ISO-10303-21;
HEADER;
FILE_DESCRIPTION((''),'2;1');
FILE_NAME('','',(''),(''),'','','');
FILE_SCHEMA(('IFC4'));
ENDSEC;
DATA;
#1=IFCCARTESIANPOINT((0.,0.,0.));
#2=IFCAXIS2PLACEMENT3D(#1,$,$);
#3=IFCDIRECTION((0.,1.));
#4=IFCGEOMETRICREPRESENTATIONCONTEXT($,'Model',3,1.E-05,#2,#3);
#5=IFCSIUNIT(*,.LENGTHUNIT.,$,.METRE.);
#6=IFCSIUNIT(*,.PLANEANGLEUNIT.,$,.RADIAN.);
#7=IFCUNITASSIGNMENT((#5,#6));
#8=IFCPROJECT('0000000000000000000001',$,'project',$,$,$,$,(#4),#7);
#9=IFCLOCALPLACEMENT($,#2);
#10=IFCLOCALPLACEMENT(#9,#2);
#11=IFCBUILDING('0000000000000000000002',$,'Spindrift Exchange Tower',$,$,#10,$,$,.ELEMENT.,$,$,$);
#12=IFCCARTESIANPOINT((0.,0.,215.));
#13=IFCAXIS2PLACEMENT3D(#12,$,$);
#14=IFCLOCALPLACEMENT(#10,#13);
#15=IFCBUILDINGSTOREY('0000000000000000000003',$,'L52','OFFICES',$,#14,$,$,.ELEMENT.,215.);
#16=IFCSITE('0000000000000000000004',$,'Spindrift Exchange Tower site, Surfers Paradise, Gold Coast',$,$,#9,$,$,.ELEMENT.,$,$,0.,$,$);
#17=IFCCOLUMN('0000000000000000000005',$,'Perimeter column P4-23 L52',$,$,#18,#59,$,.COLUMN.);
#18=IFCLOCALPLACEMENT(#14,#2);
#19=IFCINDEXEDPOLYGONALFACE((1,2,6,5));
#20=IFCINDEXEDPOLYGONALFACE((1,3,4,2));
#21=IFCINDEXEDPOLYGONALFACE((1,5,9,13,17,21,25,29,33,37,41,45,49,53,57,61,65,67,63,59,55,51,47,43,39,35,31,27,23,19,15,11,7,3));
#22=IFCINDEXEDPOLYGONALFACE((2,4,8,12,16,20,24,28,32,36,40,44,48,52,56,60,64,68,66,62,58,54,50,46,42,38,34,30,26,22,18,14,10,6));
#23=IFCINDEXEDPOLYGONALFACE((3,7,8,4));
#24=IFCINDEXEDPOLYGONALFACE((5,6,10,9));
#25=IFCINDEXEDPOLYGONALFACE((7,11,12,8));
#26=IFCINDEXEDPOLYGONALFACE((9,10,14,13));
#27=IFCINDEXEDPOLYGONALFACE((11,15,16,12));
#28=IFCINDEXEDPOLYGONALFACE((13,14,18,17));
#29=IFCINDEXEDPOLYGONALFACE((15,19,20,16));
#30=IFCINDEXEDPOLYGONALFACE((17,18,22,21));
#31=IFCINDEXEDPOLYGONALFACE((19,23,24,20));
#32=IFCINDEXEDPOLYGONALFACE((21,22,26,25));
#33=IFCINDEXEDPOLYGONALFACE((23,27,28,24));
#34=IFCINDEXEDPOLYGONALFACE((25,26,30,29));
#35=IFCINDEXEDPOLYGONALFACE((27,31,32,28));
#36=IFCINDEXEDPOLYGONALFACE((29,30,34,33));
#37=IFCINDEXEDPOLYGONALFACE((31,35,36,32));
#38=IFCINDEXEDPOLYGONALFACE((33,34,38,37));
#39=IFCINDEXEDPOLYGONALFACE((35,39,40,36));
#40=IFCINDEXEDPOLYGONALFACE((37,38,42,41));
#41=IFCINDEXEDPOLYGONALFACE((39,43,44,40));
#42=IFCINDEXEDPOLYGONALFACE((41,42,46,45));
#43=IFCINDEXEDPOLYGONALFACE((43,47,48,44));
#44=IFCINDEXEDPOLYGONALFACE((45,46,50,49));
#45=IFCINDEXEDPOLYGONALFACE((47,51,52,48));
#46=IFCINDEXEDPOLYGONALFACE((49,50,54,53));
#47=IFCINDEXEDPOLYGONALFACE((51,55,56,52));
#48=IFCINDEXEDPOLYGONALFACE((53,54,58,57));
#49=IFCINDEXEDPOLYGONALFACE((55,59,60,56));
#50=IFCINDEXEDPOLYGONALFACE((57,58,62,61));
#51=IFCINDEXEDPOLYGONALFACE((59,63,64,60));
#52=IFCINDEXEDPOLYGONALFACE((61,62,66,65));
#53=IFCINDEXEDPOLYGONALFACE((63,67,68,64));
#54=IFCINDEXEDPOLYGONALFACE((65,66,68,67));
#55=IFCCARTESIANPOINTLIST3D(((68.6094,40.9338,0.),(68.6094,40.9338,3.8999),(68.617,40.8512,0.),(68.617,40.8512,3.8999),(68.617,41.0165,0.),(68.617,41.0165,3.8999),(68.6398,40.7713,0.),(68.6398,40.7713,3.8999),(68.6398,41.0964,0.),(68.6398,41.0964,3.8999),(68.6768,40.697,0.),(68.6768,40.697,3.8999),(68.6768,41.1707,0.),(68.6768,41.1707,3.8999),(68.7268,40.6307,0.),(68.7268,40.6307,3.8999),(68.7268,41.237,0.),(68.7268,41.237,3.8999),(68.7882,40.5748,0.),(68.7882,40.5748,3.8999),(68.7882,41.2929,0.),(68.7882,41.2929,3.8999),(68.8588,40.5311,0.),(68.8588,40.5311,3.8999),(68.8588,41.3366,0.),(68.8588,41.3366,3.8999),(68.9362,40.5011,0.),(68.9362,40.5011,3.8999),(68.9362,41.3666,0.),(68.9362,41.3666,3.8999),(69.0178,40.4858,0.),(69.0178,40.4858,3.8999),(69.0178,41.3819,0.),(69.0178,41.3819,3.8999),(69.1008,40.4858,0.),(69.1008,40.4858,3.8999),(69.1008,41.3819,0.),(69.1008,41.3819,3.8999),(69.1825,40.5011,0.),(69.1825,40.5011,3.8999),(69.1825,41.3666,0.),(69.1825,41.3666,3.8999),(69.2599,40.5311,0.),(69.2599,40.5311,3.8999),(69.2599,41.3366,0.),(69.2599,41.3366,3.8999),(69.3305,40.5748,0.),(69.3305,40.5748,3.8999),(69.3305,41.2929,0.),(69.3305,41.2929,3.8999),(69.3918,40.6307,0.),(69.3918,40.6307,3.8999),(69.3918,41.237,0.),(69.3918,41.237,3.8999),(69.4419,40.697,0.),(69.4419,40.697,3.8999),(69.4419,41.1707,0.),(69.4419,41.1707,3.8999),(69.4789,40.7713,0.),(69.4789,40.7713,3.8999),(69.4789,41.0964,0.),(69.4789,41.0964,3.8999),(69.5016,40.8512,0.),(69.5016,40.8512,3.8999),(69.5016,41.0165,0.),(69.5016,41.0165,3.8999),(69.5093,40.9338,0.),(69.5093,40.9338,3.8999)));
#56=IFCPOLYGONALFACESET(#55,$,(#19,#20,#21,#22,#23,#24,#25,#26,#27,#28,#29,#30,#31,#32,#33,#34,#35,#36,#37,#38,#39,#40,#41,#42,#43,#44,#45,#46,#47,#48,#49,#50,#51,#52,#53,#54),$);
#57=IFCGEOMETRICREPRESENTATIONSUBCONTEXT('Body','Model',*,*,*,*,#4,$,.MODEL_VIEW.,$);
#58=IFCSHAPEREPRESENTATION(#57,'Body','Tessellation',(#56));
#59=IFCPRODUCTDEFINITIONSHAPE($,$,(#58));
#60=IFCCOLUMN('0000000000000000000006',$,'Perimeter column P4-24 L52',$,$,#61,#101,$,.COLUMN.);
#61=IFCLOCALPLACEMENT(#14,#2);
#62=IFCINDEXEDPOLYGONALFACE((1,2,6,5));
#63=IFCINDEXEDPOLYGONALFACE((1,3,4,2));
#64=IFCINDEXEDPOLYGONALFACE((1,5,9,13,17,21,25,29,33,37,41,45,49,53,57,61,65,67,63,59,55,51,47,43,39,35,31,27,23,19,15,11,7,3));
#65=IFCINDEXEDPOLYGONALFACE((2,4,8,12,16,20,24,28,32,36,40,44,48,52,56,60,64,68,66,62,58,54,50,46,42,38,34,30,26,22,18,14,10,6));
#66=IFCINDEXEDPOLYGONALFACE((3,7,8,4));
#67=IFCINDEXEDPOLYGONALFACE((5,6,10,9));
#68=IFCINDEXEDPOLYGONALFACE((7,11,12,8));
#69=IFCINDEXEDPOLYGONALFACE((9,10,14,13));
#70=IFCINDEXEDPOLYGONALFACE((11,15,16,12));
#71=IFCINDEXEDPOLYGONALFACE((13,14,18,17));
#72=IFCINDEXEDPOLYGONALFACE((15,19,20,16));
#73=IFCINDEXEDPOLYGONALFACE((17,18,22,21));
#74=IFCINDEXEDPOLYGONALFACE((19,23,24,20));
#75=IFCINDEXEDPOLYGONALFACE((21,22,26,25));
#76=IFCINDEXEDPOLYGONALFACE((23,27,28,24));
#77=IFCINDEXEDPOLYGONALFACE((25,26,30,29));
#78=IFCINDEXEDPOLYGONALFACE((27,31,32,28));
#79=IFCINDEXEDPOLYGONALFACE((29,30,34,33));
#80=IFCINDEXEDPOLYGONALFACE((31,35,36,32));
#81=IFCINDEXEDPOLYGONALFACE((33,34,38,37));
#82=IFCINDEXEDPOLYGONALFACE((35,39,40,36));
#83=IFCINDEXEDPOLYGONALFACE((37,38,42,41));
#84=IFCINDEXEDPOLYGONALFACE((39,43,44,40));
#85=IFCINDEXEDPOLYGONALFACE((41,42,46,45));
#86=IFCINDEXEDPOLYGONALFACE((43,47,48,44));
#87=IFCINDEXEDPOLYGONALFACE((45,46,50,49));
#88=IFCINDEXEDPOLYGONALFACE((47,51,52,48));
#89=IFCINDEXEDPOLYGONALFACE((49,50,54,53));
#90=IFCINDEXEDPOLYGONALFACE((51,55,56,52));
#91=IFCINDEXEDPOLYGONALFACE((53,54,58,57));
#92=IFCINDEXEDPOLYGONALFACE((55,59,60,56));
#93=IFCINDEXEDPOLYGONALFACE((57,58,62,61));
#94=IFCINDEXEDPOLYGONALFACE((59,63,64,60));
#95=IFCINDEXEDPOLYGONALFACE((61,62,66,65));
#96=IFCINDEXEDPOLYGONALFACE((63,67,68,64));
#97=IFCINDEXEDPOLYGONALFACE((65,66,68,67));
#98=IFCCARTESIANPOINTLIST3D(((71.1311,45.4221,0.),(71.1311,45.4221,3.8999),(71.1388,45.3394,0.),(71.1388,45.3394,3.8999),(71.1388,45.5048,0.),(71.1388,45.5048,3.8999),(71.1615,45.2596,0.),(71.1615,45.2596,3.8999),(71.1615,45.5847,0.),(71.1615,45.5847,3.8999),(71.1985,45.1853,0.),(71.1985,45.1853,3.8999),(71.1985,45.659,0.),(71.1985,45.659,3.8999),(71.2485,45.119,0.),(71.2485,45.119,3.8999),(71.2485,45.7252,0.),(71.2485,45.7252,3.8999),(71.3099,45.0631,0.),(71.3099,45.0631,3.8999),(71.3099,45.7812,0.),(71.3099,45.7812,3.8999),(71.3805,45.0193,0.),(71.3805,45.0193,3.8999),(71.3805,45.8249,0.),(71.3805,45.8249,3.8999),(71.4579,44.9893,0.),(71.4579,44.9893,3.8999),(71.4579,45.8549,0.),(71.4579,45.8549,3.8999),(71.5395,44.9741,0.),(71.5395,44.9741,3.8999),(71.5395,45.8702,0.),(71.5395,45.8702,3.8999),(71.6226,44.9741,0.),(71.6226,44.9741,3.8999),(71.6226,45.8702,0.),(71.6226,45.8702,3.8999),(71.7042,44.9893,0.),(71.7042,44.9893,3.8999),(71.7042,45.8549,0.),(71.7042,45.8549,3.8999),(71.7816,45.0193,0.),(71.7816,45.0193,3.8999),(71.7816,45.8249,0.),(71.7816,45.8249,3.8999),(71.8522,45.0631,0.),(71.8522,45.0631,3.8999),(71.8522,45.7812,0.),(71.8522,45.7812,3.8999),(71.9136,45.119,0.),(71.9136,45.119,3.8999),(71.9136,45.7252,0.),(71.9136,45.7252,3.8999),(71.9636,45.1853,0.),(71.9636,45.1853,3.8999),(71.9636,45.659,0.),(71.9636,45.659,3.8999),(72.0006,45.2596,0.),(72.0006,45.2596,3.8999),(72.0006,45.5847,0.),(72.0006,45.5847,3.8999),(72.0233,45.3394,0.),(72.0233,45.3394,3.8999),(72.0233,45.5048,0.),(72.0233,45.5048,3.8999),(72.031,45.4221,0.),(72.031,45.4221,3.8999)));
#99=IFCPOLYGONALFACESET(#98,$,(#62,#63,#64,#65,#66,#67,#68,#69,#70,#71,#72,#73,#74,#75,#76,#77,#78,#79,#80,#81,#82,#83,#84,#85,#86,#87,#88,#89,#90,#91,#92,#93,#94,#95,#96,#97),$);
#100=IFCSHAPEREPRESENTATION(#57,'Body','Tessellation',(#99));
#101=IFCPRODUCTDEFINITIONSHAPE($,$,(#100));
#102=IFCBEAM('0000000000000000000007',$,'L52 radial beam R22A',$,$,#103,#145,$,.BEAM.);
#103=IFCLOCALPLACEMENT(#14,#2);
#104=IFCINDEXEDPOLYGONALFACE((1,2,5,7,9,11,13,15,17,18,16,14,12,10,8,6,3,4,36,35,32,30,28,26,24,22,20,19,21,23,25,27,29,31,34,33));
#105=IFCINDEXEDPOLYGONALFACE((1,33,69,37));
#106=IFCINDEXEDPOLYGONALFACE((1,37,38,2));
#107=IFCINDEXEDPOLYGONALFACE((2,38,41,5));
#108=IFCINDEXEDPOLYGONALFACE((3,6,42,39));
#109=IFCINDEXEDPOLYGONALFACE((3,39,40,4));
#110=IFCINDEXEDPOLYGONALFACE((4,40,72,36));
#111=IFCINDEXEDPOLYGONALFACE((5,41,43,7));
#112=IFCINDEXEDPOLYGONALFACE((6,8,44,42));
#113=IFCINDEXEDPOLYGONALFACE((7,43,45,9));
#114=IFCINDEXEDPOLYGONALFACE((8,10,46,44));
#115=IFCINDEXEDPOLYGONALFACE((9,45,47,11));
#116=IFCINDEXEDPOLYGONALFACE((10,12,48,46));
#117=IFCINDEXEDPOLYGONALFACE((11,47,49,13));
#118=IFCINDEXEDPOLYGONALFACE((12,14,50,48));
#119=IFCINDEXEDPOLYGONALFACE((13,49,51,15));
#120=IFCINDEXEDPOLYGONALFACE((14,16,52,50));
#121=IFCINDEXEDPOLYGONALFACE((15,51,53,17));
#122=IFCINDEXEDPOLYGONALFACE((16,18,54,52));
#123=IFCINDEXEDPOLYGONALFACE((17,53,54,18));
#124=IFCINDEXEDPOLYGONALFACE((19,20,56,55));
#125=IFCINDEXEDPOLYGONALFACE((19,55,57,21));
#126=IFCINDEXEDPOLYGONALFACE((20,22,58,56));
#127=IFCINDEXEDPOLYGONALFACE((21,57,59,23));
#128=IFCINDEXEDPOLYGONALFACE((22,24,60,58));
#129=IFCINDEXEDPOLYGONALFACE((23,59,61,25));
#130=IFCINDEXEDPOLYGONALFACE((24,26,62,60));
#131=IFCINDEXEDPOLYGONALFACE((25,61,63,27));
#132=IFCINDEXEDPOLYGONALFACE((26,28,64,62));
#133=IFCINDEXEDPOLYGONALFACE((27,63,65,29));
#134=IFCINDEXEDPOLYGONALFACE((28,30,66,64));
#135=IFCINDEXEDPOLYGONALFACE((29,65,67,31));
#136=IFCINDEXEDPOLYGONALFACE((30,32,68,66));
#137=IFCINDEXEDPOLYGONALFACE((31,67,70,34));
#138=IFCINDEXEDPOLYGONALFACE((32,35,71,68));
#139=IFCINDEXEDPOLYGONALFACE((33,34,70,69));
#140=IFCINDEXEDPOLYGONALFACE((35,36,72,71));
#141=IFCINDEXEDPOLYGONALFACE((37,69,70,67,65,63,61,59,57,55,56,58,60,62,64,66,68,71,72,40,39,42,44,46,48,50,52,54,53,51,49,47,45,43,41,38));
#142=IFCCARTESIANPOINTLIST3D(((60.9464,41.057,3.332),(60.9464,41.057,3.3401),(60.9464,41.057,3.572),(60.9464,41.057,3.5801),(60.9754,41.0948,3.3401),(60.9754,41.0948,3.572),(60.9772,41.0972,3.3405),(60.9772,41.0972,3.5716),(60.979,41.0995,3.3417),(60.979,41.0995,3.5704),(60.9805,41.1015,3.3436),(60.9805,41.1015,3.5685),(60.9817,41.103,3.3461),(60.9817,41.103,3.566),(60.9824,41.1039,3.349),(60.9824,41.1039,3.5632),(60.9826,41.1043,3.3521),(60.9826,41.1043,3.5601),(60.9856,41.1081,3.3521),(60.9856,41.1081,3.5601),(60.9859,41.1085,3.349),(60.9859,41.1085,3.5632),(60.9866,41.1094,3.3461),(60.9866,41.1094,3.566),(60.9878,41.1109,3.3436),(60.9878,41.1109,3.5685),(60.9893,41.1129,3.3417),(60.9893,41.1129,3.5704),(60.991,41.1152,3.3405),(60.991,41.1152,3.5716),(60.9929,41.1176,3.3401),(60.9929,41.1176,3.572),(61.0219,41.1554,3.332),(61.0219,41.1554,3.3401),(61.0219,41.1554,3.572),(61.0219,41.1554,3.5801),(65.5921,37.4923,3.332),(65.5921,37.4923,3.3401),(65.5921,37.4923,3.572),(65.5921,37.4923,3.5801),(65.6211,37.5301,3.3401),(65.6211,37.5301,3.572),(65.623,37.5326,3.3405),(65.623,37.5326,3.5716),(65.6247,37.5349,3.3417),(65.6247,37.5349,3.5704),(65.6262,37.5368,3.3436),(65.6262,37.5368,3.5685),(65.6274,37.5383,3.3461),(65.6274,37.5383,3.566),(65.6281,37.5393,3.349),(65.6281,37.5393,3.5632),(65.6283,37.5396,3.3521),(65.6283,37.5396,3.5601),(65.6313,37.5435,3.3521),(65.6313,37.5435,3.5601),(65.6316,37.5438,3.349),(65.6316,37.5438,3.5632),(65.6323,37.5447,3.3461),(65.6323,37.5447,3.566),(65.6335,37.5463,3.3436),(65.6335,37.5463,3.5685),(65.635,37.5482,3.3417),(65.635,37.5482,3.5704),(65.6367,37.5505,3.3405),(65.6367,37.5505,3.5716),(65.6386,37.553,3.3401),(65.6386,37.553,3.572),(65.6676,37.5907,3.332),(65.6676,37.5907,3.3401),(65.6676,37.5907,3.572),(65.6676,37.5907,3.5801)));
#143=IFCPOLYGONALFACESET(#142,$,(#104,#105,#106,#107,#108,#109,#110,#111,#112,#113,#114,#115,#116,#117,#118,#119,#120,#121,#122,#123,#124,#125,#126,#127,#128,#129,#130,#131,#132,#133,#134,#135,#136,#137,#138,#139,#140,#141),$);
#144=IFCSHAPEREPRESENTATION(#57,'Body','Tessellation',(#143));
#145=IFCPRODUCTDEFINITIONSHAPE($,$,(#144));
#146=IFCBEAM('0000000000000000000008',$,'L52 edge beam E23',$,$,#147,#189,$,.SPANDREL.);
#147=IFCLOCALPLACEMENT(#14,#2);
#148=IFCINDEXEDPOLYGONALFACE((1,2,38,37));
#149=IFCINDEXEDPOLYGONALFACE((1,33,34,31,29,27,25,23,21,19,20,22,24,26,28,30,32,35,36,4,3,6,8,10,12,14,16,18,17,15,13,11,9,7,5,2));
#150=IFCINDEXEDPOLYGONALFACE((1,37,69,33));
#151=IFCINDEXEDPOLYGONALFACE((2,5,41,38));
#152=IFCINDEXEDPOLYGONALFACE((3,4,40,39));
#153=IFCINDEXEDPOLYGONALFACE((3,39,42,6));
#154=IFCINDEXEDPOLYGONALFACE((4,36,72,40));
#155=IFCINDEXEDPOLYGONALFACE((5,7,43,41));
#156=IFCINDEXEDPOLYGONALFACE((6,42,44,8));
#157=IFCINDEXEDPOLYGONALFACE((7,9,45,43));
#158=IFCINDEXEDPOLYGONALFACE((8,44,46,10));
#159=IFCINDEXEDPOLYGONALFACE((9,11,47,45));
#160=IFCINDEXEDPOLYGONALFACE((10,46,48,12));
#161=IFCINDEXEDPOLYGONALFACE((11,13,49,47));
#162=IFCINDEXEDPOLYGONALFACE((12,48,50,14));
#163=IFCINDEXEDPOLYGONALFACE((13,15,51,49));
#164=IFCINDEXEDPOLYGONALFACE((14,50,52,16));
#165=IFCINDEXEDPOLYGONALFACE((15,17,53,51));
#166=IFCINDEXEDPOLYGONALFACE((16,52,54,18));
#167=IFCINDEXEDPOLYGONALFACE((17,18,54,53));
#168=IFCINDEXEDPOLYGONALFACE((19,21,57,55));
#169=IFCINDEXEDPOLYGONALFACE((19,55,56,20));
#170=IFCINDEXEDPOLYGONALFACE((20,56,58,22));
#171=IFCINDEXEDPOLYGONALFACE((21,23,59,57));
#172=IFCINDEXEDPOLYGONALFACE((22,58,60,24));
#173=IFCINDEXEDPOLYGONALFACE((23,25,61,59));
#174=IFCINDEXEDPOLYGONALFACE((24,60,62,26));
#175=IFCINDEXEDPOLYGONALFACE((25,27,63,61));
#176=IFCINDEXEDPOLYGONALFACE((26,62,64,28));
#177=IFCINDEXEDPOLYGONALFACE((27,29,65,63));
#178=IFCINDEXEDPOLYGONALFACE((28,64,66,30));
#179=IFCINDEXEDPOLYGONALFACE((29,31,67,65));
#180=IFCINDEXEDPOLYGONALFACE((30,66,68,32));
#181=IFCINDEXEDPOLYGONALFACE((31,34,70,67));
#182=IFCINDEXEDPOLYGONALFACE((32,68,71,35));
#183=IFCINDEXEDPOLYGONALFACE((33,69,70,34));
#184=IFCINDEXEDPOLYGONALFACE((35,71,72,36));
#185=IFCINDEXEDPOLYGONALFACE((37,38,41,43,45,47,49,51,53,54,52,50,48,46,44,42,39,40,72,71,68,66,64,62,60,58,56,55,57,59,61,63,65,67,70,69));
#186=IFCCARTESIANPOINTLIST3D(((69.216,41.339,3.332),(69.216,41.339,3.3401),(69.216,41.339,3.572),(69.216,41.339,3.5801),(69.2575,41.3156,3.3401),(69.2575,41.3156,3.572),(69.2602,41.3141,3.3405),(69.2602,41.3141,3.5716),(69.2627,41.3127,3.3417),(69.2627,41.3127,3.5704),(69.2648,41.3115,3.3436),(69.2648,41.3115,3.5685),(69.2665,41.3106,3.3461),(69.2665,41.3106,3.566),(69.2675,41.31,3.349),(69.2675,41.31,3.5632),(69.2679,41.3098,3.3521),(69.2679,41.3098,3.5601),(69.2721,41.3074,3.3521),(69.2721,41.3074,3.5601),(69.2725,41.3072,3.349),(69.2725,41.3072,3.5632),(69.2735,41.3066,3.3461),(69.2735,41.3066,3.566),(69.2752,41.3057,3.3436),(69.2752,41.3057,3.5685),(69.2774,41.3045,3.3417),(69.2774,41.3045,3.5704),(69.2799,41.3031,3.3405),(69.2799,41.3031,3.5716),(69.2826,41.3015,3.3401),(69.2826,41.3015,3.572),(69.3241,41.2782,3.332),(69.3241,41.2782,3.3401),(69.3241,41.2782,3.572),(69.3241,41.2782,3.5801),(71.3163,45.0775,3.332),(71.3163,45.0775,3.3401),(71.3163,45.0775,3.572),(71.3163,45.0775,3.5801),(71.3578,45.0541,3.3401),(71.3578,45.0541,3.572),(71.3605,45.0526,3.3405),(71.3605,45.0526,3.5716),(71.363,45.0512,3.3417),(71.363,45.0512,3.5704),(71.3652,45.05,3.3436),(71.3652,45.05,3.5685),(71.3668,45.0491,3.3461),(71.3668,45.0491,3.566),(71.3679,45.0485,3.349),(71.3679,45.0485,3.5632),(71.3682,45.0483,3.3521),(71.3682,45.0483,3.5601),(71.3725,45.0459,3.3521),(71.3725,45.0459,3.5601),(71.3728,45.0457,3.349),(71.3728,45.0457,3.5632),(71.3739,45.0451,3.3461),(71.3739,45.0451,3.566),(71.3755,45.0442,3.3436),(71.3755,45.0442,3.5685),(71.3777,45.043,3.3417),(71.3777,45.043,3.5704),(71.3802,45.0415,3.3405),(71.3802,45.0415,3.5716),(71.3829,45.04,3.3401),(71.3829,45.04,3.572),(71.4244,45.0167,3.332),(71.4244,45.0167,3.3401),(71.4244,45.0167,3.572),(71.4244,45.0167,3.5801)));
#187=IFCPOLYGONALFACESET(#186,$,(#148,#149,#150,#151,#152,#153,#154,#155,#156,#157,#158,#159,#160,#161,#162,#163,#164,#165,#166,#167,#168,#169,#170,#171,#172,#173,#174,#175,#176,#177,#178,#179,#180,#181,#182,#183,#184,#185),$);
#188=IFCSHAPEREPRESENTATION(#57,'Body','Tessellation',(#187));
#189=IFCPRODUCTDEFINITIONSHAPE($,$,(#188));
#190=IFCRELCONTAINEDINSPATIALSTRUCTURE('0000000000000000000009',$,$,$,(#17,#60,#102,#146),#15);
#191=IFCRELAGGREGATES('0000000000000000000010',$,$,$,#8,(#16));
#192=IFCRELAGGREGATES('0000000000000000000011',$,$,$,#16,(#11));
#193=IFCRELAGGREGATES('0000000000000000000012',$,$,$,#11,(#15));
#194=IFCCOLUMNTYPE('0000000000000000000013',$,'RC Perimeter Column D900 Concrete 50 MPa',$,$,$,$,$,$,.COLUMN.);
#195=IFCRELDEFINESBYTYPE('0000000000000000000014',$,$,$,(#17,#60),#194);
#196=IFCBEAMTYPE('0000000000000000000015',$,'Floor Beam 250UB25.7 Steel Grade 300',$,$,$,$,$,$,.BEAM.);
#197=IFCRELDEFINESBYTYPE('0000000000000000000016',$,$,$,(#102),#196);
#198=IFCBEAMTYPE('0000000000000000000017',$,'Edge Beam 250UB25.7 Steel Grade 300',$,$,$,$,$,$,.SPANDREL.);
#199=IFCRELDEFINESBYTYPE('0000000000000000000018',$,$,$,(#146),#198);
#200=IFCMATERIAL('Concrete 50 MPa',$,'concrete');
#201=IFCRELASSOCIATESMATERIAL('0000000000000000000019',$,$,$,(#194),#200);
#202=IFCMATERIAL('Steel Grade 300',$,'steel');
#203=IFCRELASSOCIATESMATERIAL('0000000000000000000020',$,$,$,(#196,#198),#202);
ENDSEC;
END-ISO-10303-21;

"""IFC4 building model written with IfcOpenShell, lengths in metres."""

from ifc_helpers import new_model, si_unit, direction, frame, origin, origin_2d, place, context, subcontext, project, spatial, circle, i_section, extrude, source, transform, mapped, material, material_profile, profile_set, type_object, element, save


model = new_model("IFC4")

# Units and contexts
model_context = context("Model", 3, precision=1e-05, world=origin(), true_north=direction((0.0, 1.0)))
body_context = subcontext(model_context, "Body", "Model", "MODEL_VIEW")
ifc_project = project(units=[si_unit("LENGTHUNIT", "METRE"), si_unit("PLANEANGLEUNIT", "RADIAN")], contexts=[model_context])

# Site, building, storey
site_placement = place(None, origin())
site = spatial("IfcSite", under=ifc_project, at=site_placement, Name="Spindrift Exchange Tower site, Surfers Paradise, Gold Coast", CompositionType="ELEMENT", RefElevation=0.0)
building_placement = place(site_placement, origin())
building = spatial("IfcBuilding", under=site, at=building_placement, Name="Spindrift Exchange Tower", CompositionType="ELEMENT")
storey_placement = place(building_placement, frame((0.0, 0.0, 215.0)))
storey = spatial("IfcBuildingStorey", under=building, at=storey_placement, Name="L52", Description="OFFICES", CompositionType="ELEMENT", Elevation=215.0)

# Columns
ifc_material_1 = material(Name="Concrete 50 MPa", Category="concrete")
ifc_material_profile_1 = material_profile(ifc_material_1, circle(Radius=0.45, at=origin_2d()), Name="RC D900")
ifc_profile_set_1 = profile_set([ifc_material_profile_1], Name="Concrete 50 MPa")
column_type = type_object("IfcColumnType", Name="RC Perimeter Column D900 Concrete 50 MPa", PredefinedType="COLUMN", material=ifc_profile_set_1)
shared_shape_1 = source(origin(), body_context, "Body", "SweptSolid", [
    extrude(circle(Radius=0.45, at=origin_2d()), origin(), (0.0, 0.0, 1.0), 3.8999),
])
for number, where, z_axis, x_axis, name in (
    (1, (69.0593, 40.9338, 0.0), (0.0, 0.0, 1.0), (1.0, 0.0, 0.0), "Perimeter column P4-23 L52"),
    (2, (71.5811, 45.4221, 0.0), (0.0, 0.0, 1.0), (1.0, 0.0, 0.0), "Perimeter column P4-24 L52"),
):
    element("IfcColumn", number, at=place(storey_placement, frame(where, z_axis=z_axis, x_axis=x_axis)), inside=storey, type_object=column_type, Name=name, PredefinedType="COLUMN", context=body_context, shape_type="MappedRepresentation", body=[
        mapped(shared_shape_1, transform((0.0, 0.0, 0.0), scale=1.0)),
    ])

# Beams
ifc_material_2 = material(Name="Steel Grade 300", Category="steel")
ifc_material_profile_2 = material_profile(ifc_material_2, i_section(OverallWidth=0.124, OverallDepth=0.248, WebThickness=0.0049, FlangeThickness=0.0081, FilletRadius=0.012, at=origin_2d()), Name="250UB25.7")
ifc_profile_set_2 = profile_set([ifc_material_profile_2], Name="Steel Grade 300")
beam_type_1 = type_object("IfcBeamType", Name="Floor Beam 250UB25.7 Steel Grade 300", PredefinedType="BEAM", material=ifc_profile_set_2)
shared_shape_2 = source(origin(), body_context, "Body", "SweptSolid", [
    extrude(i_section(OverallWidth=0.124, OverallDepth=0.248, WebThickness=0.0049, FlangeThickness=0.0081, FilletRadius=0.012, at=origin_2d()), origin(), (0.0, 0.0, 1.0), 5.8557),
])
beam_1_placement = place(storey_placement, frame((60.9841, 41.1062, 3.4561), z_axis=(0.793363, -0.608749, 0.0), x_axis=(0.608749, 0.793363, 0.0)))
element("IfcBeam", 3, at=beam_1_placement, inside=storey, type_object=beam_type_1, Name="L52 radial beam R22A", PredefinedType="BEAM", context=body_context, shape_type="MappedRepresentation", body=[
    mapped(shared_shape_2, transform((0.0, 0.0, 0.0), scale=1.0)),
])
ifc_material_profile_3 = material_profile(ifc_material_2, i_section(OverallWidth=0.124, OverallDepth=0.248, WebThickness=0.0049, FlangeThickness=0.0081, FilletRadius=0.012, at=origin_2d()), Name="250UB25.7")
ifc_profile_set_3 = profile_set([ifc_material_profile_3], Name="Steel Grade 300")
beam_type_2 = type_object("IfcBeamType", Name="Edge Beam 250UB25.7 Steel Grade 300", PredefinedType="SPANDREL", material=ifc_profile_set_3)
shared_shape_3 = source(origin(), body_context, "Body", "SweptSolid", [
    extrude(i_section(OverallWidth=0.124, OverallDepth=0.248, WebThickness=0.0049, FlangeThickness=0.0081, FilletRadius=0.012, at=origin_2d()), origin(), (0.0, 0.0, 1.0), 4.2881),
])
beam_2_placement = place(storey_placement, frame((69.27, 41.3086, 3.4561), z_axis=(0.489804, 0.871832, 0.0), x_axis=(-0.871832, 0.489804, 0.0)))
element("IfcBeam", 4, at=beam_2_placement, inside=storey, type_object=beam_type_2, Name="L52 edge beam E23", PredefinedType="SPANDREL", context=body_context, shape_type="MappedRepresentation", body=[
    mapped(shared_shape_3, transform((0.0, 0.0, 0.0), scale=1.0)),
])

save(model, "model.ifc")
